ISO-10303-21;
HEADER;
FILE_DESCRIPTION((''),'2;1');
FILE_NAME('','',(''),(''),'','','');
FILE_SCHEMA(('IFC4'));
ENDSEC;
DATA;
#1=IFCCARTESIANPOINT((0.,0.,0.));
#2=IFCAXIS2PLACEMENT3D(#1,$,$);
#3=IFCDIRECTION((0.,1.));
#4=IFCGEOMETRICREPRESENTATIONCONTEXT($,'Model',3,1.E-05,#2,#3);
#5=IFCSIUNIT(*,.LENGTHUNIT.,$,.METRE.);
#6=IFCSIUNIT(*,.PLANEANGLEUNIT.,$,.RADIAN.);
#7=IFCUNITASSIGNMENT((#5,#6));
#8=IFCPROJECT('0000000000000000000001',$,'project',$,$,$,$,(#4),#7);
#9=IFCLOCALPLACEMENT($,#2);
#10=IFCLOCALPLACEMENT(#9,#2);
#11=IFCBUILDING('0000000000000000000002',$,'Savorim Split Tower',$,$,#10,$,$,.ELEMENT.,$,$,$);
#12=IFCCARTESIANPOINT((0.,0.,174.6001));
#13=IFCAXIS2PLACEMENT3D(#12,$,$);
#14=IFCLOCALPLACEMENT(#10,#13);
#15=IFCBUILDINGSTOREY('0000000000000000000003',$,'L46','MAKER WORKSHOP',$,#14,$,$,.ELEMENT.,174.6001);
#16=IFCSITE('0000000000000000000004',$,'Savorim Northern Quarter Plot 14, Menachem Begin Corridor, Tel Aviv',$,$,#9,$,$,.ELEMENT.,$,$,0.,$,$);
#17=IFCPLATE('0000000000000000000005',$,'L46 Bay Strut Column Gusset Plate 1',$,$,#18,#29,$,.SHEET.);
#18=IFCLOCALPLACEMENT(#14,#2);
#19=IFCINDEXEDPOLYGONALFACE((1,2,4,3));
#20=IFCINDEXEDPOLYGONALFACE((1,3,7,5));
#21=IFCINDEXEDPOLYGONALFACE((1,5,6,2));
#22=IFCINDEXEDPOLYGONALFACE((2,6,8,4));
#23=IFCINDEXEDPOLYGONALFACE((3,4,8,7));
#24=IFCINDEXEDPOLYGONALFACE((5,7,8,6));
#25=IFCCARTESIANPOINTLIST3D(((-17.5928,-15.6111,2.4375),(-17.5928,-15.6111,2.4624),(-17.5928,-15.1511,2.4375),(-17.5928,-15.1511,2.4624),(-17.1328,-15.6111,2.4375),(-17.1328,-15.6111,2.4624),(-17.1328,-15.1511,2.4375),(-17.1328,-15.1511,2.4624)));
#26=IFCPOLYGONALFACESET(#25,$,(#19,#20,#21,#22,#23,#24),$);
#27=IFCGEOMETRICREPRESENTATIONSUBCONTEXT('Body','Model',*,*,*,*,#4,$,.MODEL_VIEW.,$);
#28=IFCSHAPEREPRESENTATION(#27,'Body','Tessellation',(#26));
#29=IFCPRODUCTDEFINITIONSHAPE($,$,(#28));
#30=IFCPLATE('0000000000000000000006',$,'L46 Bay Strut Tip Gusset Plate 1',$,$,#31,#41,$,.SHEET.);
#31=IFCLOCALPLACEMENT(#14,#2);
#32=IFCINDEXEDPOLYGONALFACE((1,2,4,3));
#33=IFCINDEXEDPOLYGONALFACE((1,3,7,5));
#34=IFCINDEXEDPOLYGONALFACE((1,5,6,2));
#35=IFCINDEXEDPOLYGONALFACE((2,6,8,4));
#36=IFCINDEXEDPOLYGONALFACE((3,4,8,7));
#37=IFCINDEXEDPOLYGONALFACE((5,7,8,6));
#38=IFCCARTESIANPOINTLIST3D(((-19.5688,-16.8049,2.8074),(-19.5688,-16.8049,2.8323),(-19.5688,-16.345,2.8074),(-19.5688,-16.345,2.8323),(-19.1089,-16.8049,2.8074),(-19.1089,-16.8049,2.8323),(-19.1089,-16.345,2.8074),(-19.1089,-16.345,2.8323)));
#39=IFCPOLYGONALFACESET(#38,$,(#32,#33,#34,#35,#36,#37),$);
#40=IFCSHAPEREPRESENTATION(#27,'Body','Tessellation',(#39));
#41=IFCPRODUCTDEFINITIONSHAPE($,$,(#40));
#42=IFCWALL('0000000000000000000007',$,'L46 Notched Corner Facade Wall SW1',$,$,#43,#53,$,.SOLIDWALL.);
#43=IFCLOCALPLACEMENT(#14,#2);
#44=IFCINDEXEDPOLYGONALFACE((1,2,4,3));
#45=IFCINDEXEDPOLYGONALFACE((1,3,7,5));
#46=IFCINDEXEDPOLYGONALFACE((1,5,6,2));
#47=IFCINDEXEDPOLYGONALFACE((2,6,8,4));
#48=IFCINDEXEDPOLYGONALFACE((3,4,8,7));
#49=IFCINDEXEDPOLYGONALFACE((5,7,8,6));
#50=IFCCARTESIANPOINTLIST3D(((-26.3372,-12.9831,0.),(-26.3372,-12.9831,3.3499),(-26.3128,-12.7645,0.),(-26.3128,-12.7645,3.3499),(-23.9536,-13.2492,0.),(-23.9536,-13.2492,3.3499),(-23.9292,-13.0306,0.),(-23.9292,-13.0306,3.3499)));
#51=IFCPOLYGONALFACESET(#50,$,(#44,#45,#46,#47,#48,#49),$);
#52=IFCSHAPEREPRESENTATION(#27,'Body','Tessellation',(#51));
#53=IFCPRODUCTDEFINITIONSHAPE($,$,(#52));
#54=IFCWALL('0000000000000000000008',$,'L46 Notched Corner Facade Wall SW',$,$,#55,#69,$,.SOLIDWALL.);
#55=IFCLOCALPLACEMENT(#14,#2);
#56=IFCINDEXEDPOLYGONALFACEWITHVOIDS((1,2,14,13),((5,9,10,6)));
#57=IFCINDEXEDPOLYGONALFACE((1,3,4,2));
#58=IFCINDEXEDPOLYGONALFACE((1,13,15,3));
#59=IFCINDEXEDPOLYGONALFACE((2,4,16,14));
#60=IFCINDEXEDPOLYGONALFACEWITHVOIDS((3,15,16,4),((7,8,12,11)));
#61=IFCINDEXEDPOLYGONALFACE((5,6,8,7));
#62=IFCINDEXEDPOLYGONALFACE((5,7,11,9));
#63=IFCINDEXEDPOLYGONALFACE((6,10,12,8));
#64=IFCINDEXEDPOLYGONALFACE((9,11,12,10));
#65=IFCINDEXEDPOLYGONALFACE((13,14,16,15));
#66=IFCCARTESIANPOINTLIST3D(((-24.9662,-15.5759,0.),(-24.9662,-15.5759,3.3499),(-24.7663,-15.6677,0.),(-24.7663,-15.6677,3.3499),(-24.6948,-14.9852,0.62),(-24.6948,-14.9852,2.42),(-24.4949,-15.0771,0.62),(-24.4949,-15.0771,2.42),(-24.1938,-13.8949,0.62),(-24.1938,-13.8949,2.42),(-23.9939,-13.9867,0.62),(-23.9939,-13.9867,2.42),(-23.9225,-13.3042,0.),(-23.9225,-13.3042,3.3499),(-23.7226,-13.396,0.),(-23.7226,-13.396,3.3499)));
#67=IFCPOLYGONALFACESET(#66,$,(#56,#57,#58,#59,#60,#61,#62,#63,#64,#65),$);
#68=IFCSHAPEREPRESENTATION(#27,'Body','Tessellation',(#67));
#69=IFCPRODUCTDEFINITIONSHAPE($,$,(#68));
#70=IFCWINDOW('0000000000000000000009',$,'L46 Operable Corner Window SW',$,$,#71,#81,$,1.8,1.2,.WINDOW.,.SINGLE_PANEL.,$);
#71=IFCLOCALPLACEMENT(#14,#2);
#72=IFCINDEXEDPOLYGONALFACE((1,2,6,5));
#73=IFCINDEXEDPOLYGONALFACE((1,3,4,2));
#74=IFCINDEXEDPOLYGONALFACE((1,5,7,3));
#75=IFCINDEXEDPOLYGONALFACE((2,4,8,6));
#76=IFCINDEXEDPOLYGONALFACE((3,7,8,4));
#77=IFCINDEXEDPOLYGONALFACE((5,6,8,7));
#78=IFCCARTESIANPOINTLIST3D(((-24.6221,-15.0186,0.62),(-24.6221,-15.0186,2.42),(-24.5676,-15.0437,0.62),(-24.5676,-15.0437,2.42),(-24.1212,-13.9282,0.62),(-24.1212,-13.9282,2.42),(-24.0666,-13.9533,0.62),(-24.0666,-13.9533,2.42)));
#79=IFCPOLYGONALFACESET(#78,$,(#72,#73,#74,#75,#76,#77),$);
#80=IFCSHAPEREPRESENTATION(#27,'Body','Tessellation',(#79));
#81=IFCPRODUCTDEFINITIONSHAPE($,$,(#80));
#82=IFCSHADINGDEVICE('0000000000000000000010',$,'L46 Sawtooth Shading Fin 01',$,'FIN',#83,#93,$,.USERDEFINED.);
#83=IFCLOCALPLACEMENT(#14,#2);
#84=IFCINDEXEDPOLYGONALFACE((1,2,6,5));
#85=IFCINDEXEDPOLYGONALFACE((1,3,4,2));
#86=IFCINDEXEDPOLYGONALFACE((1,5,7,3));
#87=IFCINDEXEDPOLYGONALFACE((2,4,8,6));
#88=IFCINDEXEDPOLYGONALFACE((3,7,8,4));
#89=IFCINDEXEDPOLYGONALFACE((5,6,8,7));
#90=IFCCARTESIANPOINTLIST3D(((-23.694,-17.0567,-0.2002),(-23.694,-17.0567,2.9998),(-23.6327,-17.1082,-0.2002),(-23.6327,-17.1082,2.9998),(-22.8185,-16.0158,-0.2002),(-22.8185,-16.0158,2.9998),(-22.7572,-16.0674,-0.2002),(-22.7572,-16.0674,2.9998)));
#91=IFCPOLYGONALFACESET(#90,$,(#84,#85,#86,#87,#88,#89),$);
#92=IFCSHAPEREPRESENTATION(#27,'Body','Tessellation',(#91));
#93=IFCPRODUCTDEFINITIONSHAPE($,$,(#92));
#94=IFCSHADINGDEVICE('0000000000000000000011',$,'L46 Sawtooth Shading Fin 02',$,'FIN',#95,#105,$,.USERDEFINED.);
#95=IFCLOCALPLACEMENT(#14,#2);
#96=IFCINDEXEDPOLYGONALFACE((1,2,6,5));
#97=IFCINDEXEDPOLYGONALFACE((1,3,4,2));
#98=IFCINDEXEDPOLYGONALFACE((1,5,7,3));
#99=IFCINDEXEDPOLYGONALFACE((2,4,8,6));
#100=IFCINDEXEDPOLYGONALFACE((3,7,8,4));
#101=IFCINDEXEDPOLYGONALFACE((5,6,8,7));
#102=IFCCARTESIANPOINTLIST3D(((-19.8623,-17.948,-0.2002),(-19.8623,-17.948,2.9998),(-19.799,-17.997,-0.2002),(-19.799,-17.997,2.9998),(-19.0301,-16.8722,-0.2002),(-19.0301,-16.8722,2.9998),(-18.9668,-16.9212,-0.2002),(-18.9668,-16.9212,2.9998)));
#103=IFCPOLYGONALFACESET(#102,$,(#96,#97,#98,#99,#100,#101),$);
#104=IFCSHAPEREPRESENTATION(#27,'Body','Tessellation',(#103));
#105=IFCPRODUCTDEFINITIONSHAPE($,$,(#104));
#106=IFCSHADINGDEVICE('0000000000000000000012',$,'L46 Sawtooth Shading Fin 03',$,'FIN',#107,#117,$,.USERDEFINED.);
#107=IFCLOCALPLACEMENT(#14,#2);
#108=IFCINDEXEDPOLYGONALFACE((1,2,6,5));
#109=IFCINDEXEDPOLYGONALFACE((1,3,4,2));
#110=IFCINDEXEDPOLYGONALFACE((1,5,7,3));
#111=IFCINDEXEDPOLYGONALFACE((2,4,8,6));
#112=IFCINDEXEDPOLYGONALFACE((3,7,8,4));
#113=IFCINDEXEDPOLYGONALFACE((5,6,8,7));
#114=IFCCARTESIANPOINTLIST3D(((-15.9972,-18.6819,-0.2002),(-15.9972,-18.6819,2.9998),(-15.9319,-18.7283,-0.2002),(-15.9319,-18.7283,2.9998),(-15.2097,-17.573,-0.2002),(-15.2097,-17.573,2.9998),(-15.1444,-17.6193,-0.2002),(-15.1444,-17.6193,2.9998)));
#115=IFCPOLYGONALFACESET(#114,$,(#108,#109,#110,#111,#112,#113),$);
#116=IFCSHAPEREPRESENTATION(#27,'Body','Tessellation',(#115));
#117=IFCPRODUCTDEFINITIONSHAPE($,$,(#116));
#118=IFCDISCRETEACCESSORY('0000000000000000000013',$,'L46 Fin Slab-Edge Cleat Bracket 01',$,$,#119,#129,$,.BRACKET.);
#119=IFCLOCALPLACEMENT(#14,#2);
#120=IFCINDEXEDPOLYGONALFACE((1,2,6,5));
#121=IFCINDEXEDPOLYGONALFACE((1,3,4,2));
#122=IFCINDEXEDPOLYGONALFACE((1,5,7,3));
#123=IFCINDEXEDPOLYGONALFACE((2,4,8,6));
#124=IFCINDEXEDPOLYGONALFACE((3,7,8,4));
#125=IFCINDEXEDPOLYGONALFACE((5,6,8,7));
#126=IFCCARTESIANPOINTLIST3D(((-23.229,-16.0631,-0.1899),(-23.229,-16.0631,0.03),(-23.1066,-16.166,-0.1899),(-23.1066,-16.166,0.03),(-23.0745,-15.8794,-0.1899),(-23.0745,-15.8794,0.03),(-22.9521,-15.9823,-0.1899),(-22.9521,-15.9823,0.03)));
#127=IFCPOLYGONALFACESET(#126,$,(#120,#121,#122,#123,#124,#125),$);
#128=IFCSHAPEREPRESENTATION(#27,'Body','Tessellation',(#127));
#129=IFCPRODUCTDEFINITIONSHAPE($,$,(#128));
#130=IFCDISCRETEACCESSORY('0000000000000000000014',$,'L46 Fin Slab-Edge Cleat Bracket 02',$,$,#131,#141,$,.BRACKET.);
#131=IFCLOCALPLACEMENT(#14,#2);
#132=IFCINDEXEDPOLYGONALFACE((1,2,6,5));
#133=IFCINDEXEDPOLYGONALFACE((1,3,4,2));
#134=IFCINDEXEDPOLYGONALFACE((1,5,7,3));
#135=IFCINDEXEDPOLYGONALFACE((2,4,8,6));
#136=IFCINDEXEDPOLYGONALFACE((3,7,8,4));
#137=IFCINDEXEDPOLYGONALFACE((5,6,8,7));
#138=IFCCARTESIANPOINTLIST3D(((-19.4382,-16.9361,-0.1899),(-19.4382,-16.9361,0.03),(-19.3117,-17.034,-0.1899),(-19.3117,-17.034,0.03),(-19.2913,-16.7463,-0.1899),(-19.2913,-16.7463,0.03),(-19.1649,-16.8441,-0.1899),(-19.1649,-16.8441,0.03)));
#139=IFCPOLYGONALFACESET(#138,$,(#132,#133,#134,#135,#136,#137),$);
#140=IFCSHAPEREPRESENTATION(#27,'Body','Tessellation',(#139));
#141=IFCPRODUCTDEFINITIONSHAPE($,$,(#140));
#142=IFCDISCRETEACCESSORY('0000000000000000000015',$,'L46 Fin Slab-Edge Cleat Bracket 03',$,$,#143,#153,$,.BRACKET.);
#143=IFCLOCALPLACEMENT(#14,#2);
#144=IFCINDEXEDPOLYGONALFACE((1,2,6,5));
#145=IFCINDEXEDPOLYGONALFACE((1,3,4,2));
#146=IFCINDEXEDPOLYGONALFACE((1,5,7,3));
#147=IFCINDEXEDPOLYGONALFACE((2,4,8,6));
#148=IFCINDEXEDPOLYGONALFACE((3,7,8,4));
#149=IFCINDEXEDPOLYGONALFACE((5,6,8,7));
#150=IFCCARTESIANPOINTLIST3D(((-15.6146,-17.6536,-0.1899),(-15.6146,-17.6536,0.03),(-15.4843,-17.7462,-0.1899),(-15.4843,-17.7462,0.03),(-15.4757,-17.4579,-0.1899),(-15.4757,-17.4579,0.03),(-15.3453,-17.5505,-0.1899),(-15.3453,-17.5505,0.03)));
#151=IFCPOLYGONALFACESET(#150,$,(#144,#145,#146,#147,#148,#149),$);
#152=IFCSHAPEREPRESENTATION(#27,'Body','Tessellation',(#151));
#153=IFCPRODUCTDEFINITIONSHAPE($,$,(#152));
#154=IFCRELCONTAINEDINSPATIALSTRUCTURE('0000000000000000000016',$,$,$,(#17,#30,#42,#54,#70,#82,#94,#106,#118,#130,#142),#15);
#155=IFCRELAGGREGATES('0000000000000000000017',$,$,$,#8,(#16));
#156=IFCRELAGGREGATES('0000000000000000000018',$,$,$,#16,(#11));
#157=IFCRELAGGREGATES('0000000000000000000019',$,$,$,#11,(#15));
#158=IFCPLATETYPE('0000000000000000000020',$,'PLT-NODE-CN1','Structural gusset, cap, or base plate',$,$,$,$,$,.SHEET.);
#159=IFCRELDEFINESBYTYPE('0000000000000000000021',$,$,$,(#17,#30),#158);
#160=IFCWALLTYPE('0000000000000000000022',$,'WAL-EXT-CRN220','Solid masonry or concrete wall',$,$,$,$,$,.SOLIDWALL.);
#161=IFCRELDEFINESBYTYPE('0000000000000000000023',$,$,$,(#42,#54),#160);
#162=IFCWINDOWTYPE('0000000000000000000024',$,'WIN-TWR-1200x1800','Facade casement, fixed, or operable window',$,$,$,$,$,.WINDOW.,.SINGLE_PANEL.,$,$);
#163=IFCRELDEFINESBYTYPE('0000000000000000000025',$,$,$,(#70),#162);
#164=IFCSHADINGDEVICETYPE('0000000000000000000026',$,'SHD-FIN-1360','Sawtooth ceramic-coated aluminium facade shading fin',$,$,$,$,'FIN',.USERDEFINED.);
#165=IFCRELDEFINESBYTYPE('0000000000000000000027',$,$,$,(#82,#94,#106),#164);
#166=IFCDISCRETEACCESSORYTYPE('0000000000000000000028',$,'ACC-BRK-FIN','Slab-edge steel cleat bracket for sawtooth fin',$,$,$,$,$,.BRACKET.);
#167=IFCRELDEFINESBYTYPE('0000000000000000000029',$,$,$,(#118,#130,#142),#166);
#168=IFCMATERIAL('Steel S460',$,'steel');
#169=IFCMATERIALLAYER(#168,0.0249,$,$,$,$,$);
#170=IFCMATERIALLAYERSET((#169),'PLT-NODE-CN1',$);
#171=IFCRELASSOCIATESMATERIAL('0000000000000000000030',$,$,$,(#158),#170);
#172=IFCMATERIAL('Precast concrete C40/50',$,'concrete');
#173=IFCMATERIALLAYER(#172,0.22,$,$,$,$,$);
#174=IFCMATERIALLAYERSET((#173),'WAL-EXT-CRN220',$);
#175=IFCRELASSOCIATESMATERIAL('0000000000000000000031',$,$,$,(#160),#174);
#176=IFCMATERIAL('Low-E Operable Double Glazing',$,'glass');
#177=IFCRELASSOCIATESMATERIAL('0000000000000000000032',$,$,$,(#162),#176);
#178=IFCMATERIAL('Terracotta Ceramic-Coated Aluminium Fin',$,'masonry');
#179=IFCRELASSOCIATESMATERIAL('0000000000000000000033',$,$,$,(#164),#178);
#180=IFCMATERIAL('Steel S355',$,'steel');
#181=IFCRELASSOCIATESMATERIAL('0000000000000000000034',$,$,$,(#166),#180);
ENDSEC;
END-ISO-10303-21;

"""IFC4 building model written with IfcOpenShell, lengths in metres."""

from ifc_helpers import new_model, si_unit, direction, frame, frame_2d, origin, origin_2d, place, context, subcontext, project, spatial, rectangle, extrude, material, layer, layer_set, type_object, element, fill, save


model = new_model("IFC4")

# Units and contexts
model_context = context("Model", 3, precision=1e-05, world=origin(), true_north=direction((0.0, 1.0)))
body_context = subcontext(model_context, "Body", "Model", "MODEL_VIEW")
ifc_project = project(units=[si_unit("LENGTHUNIT", "METRE"), si_unit("PLANEANGLEUNIT", "RADIAN")], contexts=[model_context])

# Site, building, storey
site_placement = place(None, origin())
site = spatial("IfcSite", under=ifc_project, at=site_placement, Name="Savorim Northern Quarter Plot 14, Menachem Begin Corridor, Tel Aviv", CompositionType="ELEMENT", RefElevation=0.0)
building_placement = place(site_placement, origin())
building = spatial("IfcBuilding", under=site, at=building_placement, Name="Savorim Split Tower", CompositionType="ELEMENT")
storey_placement = place(building_placement, frame((0.0, 0.0, 174.6001)))
storey = spatial("IfcBuildingStorey", under=building, at=storey_placement, Name="L46", Description="MAKER WORKSHOP", CompositionType="ELEMENT", Elevation=174.6001)

# Shared definitions
ifc_material_1 = material(Name="Steel S460", Category="steel")

# Shared definitions
ifc_material_2 = material(Name="Steel S355", Category="steel")

# Plates
ifc_layer_1 = layer(ifc_material_1, 0.0249)
ifc_layer_set_1 = layer_set([ifc_layer_1], Name="PLT-NODE-CN1")
plate_type_1 = type_object("IfcPlateType", Name="PLT-NODE-CN1", Description="Structural gusset, cap, or base plate", PredefinedType="SHEET", material=ifc_layer_set_1)
for number, where, z_axis, x_axis, name in (
    (1, (-17.3628, -15.3811, 2.4375), (0.0, 0.0, 1.0), (1.0, 0.0, 0.0), "L46 Bay Strut Column Gusset Plate 1"),
    (2, (-19.3389, -16.575, 2.8074), (0.0, 0.0, 1.0), (1.0, 0.0, 0.0), "L46 Bay Strut Tip Gusset Plate 1"),
):
    element("IfcPlate", number, at=place(storey_placement, frame(where, z_axis=z_axis, x_axis=x_axis)), inside=storey, type_object=plate_type_1, Name=name, PredefinedType="SHEET", context=body_context, shape_type="SweptSolid", body=[
        extrude(rectangle(XDim=0.46, YDim=0.46, at=origin_2d()), origin(), (0.0, 0.0, 1.0), 0.0249),
    ])

# Wall
ifc_material_3 = material(Name="Precast concrete C40/50", Category="concrete")
ifc_layer_2 = layer(ifc_material_3, 0.22)
ifc_layer_set_2 = layer_set([ifc_layer_2], Name="WAL-EXT-CRN220")
wall_type = type_object("IfcWallType", Name="WAL-EXT-CRN220", Description="Solid masonry or concrete wall", PredefinedType="SOLIDWALL", material=ifc_layer_set_2)
wall_1_placement = place(storey_placement, frame((-23.9414, -13.1399, 0.0), z_axis=(0.0, 0.0, 1.0), x_axis=(-0.993825, 0.110957, 0.0)))
element("IfcWall", 3, at=wall_1_placement, inside=storey, type_object=wall_type, Name="L46 Notched Corner Facade Wall SW1", PredefinedType="SOLIDWALL", context=body_context, shape_type="SweptSolid", body=[
    extrude(rectangle(XDim=2.3984, YDim=0.22, at=frame_2d((1.1992, 0.0))), origin(), (0.0, 0.0, 1.0), 3.3499),
])

# Wall, opening, window
wall_2_placement = place(storey_placement, frame((-24.8662, -15.6218, 0.0), z_axis=(0.0, 0.0, 1.0), x_axis=(0.417478, 0.908687, 0.0)))
wall_2 = element("IfcWall", 4, at=wall_2_placement, inside=storey, type_object=wall_type, Name="L46 Notched Corner Facade Wall SW", PredefinedType="SOLIDWALL", context=body_context, shape_type="SweptSolid", body=[
    extrude(rectangle(XDim=2.5, YDim=0.22, at=frame_2d((1.25, 0.0))), origin(), (0.0, 0.0, 1.0), 3.3499),
])
opening_placement = place(wall_2_placement, frame((0.6499, 0.0, 0.6201)))
opening = element("IfcOpeningElement", 5, at=opening_placement, cuts=wall_2, PredefinedType="OPENING", context=body_context, shape_type="SweptSolid", body=[
    extrude(rectangle(XDim=1.2, YDim=1.8, at=frame_2d((0.6001, 0.8999))), frame((0.0, 0.1199, 0.0), z_axis=(0.0, -1.0, 0.0), x_axis=(1.0, 0.0, 0.0)), (0.0, 0.0, 1.0), 0.24),
])
ifc_material_4 = material(Name="Low-E Operable Double Glazing", Category="glass")
window_type = type_object("IfcWindowType", Name="WIN-TWR-1200x1800", Description="Facade casement, fixed, or operable window", PartitioningType="SINGLE_PANEL", PredefinedType="WINDOW", material=ifc_material_4)
window_placement = place(opening_placement, origin())
window = element("IfcWindow", 6, at=window_placement, inside=storey, type_object=window_type, Name="L46 Operable Corner Window SW", OverallHeight=1.8, OverallWidth=1.2, PartitioningType="SINGLE_PANEL", PredefinedType="WINDOW", context=body_context, shape_type="SweptSolid", body=[
    extrude(rectangle(XDim=1.2, YDim=1.8, at=frame_2d((0.6001, 0.8999))), frame((0.0, 0.03, 0.0), z_axis=(0.0, -1.0, 0.0), x_axis=(1.0, 0.0, 0.0)), (0.0, 0.0, 1.0), 0.0601),
])
fill(opening, window)

# Shading devices
ifc_material_5 = material(Name="Terracotta Ceramic-Coated Aluminium Fin", Category="masonry")
shading_device_type = type_object("IfcShadingDeviceType", Name="SHD-FIN-1360", Description="Sawtooth ceramic-coated aluminium facade shading fin", ElementType="FIN", PredefinedType="USERDEFINED", material=ifc_material_5)
for number, where, z_axis, x_axis, name in (
    (7, (-23.2256, -16.562, -0.2002), (0.0, 0.0, 1.0), (-0.643719, -0.765262, 0.0), "L46 Sawtooth Shading Fin 01"),
    (8, (-19.4146, -17.4346, -0.2002), (0.0, 0.0, 1.0), (-0.611868, -0.79096, 0.0), "L46 Sawtooth Shading Fin 02"),
    (9, (-15.5708, -18.1506, -0.2002), (0.0, 0.0, 1.0), (-0.578994, -0.815332, 0.0), "L46 Sawtooth Shading Fin 03"),
):
    element("IfcShadingDevice", number, at=place(storey_placement, frame(where, z_axis=z_axis, x_axis=x_axis)), inside=storey, type_object=shading_device_type, Name=name, ObjectType="FIN", PredefinedType="USERDEFINED", context=body_context, shape_type="SweptSolid", body=[
        extrude(rectangle(XDim=1.3601, YDim=0.0801, at=origin_2d()), origin(), (0.0, 0.0, 1.0), 3.2),
    ])

# Discrete accessories
discrete_accessory_type = type_object("IfcDiscreteAccessoryType", Name="ACC-BRK-FIN", Description="Slab-edge steel cleat bracket for sawtooth fin", PredefinedType="BRACKET", material=ifc_material_2)
for number, where, z_axis, x_axis, name in (
    (10, (-23.0906, -16.0227, -0.1899), (0.0, 0.0, 1.0), (-0.643719, -0.765262, 0.0), "L46 Fin Slab-Edge Cleat Bracket 01"),
    (11, (-19.3015, -16.8901, -0.1899), (0.0, 0.0, 1.0), (-0.611868, -0.79096, 0.0), "L46 Fin Slab-Edge Cleat Bracket 02"),
    (12, (-15.48, -17.6021, -0.1899), (0.0, 0.0, 1.0), (-0.578994, -0.815332, 0.0), "L46 Fin Slab-Edge Cleat Bracket 03"),
):
    element("IfcDiscreteAccessory", number, at=place(storey_placement, frame(where, z_axis=z_axis, x_axis=x_axis)), inside=storey, type_object=discrete_accessory_type, Name=name, PredefinedType="BRACKET", context=body_context, shape_type="SweptSolid", body=[
        extrude(rectangle(XDim=0.24, YDim=0.1599, at=origin_2d()), origin(), (0.0, 0.0, 1.0), 0.22),
    ])

save(model, "model.ifc")
